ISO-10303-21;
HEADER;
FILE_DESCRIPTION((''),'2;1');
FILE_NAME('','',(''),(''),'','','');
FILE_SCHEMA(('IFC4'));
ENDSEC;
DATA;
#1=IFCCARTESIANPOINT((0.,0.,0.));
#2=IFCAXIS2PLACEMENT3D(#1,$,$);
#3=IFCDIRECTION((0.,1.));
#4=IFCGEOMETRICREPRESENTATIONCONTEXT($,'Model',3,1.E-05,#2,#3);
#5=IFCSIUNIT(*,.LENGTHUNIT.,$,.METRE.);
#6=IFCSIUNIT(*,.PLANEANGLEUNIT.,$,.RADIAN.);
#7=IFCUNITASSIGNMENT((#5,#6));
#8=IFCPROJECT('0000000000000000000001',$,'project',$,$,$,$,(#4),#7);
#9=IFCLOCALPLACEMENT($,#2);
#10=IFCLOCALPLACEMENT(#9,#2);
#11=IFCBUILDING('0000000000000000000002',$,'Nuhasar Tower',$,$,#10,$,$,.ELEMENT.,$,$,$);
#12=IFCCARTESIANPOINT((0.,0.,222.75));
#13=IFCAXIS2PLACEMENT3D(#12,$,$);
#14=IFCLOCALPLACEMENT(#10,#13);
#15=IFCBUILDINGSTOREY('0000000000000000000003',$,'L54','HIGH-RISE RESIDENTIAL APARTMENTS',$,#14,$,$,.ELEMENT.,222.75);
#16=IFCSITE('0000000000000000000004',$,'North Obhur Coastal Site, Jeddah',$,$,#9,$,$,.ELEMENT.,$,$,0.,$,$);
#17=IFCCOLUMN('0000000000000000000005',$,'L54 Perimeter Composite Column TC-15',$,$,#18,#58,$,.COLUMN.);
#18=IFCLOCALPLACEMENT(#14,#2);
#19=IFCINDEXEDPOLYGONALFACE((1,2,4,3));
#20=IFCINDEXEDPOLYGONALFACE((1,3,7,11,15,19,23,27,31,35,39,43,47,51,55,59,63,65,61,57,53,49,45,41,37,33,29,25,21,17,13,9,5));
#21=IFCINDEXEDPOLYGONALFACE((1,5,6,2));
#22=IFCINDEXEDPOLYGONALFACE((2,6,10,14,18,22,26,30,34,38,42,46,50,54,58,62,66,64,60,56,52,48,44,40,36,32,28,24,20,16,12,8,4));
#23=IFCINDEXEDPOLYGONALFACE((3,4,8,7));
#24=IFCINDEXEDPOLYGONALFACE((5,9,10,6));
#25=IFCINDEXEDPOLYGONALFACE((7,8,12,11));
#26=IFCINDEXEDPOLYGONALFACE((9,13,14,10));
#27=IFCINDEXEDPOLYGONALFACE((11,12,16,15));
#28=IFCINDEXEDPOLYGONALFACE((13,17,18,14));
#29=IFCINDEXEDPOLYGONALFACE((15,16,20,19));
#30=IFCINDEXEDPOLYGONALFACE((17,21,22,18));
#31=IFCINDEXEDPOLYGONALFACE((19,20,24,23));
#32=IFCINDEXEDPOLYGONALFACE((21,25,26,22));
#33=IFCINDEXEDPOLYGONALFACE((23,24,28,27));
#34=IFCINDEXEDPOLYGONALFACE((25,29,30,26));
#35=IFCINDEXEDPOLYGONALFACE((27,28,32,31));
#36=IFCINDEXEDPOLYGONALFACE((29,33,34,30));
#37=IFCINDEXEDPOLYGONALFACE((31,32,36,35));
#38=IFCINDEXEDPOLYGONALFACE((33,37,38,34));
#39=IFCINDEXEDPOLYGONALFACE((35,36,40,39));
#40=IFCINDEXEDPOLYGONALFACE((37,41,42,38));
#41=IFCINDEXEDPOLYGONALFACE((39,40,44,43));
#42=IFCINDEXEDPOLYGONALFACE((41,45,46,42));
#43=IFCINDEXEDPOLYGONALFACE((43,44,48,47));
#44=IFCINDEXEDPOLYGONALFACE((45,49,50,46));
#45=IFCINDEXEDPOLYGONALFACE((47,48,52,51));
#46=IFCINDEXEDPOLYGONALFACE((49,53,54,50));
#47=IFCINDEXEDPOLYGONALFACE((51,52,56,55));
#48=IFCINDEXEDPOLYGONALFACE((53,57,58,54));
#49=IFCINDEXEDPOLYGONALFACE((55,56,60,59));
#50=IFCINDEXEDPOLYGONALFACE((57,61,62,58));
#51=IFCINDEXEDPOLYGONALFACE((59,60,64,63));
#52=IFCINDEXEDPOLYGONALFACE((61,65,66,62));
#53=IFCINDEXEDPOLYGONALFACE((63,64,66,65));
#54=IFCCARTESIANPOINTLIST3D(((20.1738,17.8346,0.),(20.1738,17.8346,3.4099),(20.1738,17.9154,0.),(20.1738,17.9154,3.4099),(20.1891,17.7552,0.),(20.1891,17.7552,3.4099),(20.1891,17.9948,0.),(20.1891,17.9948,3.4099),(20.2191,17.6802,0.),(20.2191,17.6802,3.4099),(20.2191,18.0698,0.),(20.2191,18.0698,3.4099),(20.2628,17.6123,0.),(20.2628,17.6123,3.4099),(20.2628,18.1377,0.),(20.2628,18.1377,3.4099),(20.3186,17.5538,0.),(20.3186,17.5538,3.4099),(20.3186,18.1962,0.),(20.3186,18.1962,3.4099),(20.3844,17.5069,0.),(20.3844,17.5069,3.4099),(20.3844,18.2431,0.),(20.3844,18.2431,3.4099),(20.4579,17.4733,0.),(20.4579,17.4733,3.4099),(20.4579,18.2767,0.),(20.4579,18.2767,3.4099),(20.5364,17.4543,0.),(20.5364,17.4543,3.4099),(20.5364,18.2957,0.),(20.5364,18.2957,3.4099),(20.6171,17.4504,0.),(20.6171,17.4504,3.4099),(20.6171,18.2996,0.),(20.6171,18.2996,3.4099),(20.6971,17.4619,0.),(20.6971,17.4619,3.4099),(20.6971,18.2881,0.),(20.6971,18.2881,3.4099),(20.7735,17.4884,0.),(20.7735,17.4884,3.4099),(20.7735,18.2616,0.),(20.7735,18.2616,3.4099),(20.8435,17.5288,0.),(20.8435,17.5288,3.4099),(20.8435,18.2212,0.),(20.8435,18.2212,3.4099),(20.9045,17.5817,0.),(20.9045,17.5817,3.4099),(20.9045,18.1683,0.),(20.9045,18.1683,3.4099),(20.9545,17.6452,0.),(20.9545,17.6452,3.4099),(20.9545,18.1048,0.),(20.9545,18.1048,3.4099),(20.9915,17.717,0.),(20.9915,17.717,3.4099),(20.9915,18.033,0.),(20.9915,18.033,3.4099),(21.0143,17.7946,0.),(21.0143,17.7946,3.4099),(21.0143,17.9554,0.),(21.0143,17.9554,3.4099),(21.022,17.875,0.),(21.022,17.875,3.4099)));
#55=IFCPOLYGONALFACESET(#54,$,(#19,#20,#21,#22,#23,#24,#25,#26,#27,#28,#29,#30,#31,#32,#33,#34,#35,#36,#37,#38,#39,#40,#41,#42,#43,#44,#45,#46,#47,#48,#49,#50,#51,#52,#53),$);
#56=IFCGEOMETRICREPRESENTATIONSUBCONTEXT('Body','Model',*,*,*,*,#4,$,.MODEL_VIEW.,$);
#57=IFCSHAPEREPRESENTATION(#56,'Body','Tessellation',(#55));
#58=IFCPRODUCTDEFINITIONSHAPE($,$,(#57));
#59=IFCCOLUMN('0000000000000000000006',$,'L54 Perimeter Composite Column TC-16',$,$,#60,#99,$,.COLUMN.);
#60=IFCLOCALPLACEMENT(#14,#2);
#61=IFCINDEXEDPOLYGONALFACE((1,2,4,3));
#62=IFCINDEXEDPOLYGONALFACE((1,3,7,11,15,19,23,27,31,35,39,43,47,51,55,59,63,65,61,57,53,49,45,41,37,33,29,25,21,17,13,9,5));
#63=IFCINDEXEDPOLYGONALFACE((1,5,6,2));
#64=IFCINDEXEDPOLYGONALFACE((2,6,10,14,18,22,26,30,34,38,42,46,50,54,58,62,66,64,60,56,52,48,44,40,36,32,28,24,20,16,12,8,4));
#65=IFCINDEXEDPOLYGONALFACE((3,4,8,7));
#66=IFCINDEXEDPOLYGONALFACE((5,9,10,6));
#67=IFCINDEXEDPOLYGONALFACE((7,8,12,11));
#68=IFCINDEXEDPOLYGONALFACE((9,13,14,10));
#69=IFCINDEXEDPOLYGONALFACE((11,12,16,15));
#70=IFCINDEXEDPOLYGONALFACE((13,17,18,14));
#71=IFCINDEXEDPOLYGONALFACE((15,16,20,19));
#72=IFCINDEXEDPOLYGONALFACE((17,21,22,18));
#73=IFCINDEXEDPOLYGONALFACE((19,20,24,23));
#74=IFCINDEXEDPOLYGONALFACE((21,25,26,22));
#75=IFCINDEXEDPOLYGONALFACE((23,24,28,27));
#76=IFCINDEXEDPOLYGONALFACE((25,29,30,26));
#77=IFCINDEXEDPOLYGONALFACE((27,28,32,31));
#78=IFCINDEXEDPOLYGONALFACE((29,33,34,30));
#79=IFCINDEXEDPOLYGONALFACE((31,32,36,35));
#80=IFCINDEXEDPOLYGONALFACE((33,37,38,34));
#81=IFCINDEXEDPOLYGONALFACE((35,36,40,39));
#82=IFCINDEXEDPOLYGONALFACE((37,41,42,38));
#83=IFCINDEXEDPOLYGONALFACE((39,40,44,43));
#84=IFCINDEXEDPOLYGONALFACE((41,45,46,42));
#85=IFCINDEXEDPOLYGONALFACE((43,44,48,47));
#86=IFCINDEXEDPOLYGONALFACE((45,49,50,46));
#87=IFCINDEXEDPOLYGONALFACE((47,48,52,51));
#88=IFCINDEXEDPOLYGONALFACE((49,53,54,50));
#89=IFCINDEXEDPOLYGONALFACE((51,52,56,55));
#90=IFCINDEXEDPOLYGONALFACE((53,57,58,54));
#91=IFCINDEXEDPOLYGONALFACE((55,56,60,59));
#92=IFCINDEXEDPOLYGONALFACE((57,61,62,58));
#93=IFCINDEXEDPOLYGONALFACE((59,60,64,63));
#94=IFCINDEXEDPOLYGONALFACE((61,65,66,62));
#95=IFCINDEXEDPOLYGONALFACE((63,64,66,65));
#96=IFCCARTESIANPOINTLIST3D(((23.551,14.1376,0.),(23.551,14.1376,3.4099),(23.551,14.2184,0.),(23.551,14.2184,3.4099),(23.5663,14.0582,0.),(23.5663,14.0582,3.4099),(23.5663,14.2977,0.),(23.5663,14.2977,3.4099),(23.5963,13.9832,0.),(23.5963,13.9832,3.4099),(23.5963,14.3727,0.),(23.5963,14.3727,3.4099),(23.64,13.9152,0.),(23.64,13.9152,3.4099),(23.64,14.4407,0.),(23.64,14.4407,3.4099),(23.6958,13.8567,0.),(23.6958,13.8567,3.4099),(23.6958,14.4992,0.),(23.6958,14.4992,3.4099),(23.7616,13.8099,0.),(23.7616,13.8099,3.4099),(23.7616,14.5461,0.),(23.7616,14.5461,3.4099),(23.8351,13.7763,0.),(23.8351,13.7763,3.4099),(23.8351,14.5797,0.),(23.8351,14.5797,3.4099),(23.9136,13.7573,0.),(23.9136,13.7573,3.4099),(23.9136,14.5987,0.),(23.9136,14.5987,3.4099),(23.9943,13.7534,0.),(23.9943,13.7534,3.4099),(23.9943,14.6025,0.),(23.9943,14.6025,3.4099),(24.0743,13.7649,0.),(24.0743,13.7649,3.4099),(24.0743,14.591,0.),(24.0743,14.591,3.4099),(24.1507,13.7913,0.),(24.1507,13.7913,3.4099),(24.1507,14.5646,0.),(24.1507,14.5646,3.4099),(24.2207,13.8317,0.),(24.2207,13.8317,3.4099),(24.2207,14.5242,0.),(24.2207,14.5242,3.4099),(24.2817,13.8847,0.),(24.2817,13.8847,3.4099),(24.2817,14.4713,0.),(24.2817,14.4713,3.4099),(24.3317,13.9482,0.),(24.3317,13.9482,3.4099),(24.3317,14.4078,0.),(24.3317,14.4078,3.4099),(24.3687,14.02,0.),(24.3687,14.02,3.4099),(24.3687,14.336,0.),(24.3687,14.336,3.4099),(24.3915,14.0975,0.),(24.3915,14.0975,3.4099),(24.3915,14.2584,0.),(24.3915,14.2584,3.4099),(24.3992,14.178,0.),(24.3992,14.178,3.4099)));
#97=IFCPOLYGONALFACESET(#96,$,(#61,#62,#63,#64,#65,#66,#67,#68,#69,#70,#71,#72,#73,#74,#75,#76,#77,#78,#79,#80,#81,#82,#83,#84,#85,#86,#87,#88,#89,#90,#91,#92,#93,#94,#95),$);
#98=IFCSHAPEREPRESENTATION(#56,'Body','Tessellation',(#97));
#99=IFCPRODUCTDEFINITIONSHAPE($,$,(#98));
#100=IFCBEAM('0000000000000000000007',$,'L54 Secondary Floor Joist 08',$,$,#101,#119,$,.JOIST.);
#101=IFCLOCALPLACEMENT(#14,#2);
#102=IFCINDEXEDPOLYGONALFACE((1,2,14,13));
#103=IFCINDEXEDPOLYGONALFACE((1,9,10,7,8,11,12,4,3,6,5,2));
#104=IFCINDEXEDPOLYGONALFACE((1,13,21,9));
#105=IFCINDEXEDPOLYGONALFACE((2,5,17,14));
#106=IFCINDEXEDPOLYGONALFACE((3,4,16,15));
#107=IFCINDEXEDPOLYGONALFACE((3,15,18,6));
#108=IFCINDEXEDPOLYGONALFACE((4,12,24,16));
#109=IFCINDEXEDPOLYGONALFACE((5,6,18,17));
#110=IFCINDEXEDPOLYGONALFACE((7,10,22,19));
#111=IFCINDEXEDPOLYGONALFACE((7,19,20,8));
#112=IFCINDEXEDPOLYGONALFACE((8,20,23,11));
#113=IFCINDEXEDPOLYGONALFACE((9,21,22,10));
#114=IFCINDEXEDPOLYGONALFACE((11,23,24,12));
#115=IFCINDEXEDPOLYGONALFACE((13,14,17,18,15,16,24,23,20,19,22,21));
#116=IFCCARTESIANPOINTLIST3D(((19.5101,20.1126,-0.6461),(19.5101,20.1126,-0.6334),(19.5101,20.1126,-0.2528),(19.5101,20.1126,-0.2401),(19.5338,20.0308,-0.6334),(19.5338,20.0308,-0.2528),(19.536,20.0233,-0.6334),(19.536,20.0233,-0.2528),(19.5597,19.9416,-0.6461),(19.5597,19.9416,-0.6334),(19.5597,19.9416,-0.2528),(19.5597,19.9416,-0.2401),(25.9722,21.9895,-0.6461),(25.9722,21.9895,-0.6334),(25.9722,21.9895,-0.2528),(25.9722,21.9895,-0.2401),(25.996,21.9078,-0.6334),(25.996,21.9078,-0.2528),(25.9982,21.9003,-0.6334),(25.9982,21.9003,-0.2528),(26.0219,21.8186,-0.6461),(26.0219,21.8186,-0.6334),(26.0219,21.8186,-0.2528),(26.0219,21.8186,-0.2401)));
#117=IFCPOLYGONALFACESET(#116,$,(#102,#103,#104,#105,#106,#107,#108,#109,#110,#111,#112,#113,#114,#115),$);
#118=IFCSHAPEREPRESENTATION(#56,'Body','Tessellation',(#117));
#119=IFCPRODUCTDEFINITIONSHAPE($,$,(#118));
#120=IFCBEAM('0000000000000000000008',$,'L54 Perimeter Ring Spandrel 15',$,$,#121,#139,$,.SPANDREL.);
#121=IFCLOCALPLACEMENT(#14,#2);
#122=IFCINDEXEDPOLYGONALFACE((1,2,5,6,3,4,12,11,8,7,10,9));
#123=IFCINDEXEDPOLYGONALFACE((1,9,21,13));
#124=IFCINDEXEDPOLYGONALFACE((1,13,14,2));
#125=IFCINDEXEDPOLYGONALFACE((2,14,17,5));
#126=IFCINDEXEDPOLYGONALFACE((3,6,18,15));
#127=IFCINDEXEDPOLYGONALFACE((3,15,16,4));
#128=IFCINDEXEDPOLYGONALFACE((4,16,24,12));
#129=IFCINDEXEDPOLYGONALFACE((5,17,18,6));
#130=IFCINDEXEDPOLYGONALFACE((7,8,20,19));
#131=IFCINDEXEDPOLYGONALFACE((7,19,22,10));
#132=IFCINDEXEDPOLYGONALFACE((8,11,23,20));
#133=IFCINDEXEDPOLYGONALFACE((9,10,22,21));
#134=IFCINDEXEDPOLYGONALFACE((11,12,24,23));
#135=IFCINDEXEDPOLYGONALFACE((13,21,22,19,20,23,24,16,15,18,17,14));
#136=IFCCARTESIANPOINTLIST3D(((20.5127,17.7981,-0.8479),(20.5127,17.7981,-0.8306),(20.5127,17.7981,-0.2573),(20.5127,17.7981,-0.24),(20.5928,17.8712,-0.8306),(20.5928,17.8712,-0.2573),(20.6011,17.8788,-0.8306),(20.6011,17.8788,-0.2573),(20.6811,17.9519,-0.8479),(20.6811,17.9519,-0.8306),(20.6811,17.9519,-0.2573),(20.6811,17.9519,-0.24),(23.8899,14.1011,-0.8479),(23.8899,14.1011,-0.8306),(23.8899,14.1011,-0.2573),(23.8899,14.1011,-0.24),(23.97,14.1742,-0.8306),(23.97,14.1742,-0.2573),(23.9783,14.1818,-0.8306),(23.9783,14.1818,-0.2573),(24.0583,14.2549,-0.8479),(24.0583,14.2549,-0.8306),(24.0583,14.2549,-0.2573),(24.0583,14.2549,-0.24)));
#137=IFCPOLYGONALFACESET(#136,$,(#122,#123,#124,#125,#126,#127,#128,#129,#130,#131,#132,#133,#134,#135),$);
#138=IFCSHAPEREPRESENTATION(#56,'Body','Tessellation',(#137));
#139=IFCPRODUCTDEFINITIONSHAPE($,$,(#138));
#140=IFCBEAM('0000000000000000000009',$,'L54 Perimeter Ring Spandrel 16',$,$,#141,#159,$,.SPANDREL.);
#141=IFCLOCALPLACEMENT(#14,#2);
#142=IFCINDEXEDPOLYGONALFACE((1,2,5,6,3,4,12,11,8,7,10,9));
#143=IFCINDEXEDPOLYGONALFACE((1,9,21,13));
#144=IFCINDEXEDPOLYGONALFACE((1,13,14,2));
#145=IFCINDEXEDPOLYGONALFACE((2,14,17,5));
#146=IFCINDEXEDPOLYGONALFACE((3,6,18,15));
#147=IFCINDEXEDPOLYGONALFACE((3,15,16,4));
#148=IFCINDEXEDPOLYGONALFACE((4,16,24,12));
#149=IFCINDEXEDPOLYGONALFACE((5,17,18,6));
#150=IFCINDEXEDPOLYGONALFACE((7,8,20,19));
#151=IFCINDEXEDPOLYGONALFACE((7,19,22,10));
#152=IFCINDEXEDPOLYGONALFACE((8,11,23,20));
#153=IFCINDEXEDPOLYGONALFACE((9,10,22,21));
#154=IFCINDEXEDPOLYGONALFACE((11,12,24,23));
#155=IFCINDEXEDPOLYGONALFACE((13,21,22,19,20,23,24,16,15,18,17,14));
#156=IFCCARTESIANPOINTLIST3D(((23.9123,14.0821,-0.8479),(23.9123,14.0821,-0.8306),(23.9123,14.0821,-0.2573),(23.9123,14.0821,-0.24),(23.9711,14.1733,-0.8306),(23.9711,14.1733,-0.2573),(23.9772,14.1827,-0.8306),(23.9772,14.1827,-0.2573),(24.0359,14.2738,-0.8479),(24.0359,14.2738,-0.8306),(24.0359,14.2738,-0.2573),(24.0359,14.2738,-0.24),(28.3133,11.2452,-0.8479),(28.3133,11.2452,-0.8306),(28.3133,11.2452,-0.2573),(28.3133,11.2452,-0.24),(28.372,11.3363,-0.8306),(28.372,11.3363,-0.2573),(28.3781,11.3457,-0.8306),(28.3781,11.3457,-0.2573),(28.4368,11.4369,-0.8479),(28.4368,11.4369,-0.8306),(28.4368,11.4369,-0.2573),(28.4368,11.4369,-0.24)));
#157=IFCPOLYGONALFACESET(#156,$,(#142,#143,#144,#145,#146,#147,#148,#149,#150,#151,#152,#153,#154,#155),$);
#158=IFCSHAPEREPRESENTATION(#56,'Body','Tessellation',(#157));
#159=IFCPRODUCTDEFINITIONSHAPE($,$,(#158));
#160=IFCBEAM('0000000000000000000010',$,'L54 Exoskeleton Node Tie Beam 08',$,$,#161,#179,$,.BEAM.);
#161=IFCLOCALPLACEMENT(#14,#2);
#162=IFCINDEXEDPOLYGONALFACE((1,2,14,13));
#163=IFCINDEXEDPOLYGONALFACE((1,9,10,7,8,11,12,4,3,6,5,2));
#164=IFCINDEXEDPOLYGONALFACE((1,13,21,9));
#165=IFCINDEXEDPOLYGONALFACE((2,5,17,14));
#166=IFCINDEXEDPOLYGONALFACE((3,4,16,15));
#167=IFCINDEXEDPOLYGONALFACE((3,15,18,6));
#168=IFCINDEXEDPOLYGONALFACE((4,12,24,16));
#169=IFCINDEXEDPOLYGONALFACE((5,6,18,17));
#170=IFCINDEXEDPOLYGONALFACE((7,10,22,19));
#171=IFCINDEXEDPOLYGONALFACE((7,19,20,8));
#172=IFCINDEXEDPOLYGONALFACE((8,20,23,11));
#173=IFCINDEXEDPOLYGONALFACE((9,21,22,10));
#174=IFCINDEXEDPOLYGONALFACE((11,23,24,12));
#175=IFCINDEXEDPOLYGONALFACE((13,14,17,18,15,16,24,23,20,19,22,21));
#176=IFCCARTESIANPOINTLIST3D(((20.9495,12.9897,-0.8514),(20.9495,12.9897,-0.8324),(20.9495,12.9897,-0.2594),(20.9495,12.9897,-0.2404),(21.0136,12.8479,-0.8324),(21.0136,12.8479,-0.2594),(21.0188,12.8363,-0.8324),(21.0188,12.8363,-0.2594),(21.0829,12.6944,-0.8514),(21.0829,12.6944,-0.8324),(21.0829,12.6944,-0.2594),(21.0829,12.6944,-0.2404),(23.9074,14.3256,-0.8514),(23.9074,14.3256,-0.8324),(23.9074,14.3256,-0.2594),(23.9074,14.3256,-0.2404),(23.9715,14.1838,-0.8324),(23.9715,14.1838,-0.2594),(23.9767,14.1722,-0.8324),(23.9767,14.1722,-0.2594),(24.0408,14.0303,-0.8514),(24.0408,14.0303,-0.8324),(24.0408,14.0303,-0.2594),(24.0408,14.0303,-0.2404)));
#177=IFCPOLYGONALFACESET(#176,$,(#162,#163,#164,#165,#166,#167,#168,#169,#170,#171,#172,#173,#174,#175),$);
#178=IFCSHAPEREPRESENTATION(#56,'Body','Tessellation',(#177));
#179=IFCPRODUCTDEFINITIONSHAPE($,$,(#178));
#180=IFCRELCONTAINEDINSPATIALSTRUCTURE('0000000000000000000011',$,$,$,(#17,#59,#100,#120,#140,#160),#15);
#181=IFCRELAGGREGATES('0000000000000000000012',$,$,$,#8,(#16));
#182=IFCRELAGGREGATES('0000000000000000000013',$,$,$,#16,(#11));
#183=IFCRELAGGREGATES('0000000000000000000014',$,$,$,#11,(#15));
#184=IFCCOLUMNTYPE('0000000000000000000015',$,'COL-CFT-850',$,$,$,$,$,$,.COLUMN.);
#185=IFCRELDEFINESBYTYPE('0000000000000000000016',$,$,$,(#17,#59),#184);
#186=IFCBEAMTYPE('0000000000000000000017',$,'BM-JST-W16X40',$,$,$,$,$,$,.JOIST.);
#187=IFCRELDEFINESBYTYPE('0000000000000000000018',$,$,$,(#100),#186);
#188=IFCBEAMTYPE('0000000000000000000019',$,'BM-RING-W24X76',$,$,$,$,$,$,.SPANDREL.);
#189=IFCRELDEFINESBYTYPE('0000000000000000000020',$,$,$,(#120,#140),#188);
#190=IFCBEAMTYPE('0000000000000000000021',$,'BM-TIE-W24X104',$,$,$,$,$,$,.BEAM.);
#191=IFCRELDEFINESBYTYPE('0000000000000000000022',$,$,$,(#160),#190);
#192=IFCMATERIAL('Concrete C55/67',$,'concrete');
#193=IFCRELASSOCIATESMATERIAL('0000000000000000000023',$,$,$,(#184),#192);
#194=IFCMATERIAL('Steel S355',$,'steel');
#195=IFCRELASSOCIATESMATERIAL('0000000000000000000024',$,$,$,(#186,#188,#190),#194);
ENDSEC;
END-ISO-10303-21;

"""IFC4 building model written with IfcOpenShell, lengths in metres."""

from ifc_helpers import new_model, si_unit, direction, frame, origin, origin_2d, place, context, subcontext, project, spatial, circle, i_section, extrude, material, material_profile, profile_set, type_object, element, save


model = new_model("IFC4")

# Units and contexts
model_context = context("Model", 3, precision=1e-05, world=origin(), true_north=direction((0.0, 1.0)))
body_context = subcontext(model_context, "Body", "Model", "MODEL_VIEW")
ifc_project = project(units=[si_unit("LENGTHUNIT", "METRE"), si_unit("PLANEANGLEUNIT", "RADIAN")], contexts=[model_context])

# Site, building, storey
site_placement = place(None, origin())
site = spatial("IfcSite", under=ifc_project, at=site_placement, Name="North Obhur Coastal Site, Jeddah", CompositionType="ELEMENT", RefElevation=0.0)
building_placement = place(site_placement, origin())
building = spatial("IfcBuilding", under=site, at=building_placement, Name="Nuhasar Tower", CompositionType="ELEMENT")
storey_placement = place(building_placement, frame((0.0, 0.0, 222.75)))
storey = spatial("IfcBuildingStorey", under=building, at=storey_placement, Name="L54", Description="HIGH-RISE RESIDENTIAL APARTMENTS", CompositionType="ELEMENT", Elevation=222.75)

# Columns
ifc_material_1 = material(Name="Concrete C55/67", Category="concrete")
ifc_material_profile_1 = material_profile(ifc_material_1, circle(Radius=0.425, at=origin_2d()), Name="CFT850")
ifc_profile_set_1 = profile_set([ifc_material_profile_1], Name="Concrete C55/67")
column_type = type_object("IfcColumnType", Name="COL-CFT-850", PredefinedType="COLUMN", material=ifc_profile_set_1)
for number, where, z_axis, x_axis, name in (
    (1, (20.5969, 17.875, 0.0), (0.0, 0.0, 1.0), (1.0, 0.0, 0.0), "L54 Perimeter Composite Column TC-15"),
    (2, (23.9741, 14.178, 0.0), (0.0, 0.0, 1.0), (1.0, 0.0, 0.0), "L54 Perimeter Composite Column TC-16"),
):
    element("IfcColumn", number, at=place(storey_placement, frame(where, z_axis=z_axis, x_axis=x_axis)), inside=storey, type_object=column_type, Name=name, PredefinedType="COLUMN", context=body_context, shape_type="SweptSolid", body=[
        extrude(circle(Radius=0.425, at=origin_2d()), origin(), (0.0, 0.0, 1.0), 3.4099),
    ])

# Beams
ifc_material_2 = material(Name="Steel S355", Category="steel")
ifc_material_profile_2 = material_profile(ifc_material_2, i_section(OverallWidth=0.178, OverallDepth=0.406, WebThickness=0.0078, FlangeThickness=0.0127, at=origin_2d()), Name="W16X40")
ifc_profile_set_2 = profile_set([ifc_material_profile_2], Name="Steel S355")
beam_type_1 = type_object("IfcBeamType", Name="BM-JST-W16X40", PredefinedType="JOIST", material=ifc_profile_set_2)
beam_1_placement = place(storey_placement, frame((25.9971, 21.9041, -0.4431), z_axis=(-0.960313, -0.278926, 0.0), x_axis=(0.278926, -0.960313, 0.0)))
element("IfcBeam", 3, at=beam_1_placement, inside=storey, type_object=beam_type_1, Name="L54 Secondary Floor Joist 08", PredefinedType="JOIST", context=body_context, shape_type="SweptSolid", body=[
    extrude(i_section(OverallWidth=0.178, OverallDepth=0.406, WebThickness=0.0078, FlangeThickness=0.0127, at=origin_2d()), origin(), (0.0, 0.0, 1.0), 6.7292),
])
ifc_material_profile_3 = material_profile(ifc_material_2, i_section(OverallWidth=0.228, OverallDepth=0.6079, WebThickness=0.0112, FlangeThickness=0.0173, at=origin_2d()), Name="W24X76")
ifc_profile_set_3 = profile_set([ifc_material_profile_3], Name="Steel S355")
beam_type_2 = type_object("IfcBeamType", Name="BM-RING-W24X76", PredefinedType="SPANDREL", material=ifc_profile_set_3)
beam_2_placement = place(storey_placement, frame((20.5969, 17.875, -0.5439), z_axis=(0.67445, -0.738321, 0.0), x_axis=(0.738321, 0.67445, 0.0)))
element("IfcBeam", 4, at=beam_2_placement, inside=storey, type_object=beam_type_2, Name="L54 Perimeter Ring Spandrel 15", PredefinedType="SPANDREL", context=body_context, shape_type="SweptSolid", body=[
    extrude(i_section(OverallWidth=0.228, OverallDepth=0.6079, WebThickness=0.0112, FlangeThickness=0.0173, at=origin_2d()), origin(), (0.0, 0.0, 1.0), 5.0073),
])
beam_3_placement = place(storey_placement, frame((23.9741, 14.178, -0.5439), z_axis=(0.840502, -0.541808, 0.0), x_axis=(0.541808, 0.840502, 0.0)))
element("IfcBeam", 5, at=beam_3_placement, inside=storey, type_object=beam_type_2, Name="L54 Perimeter Ring Spandrel 16", PredefinedType="SPANDREL", context=body_context, shape_type="SweptSolid", body=[
    extrude(i_section(OverallWidth=0.228, OverallDepth=0.6079, WebThickness=0.0112, FlangeThickness=0.0173, at=origin_2d()), origin(), (0.0, 0.0, 1.0), 5.2361),
])
ifc_material_profile_4 = material_profile(ifc_material_2, i_section(OverallWidth=0.324, OverallDepth=0.6111, WebThickness=0.0127, FlangeThickness=0.019, at=origin_2d()), Name="W24X104")
ifc_profile_set_4 = profile_set([ifc_material_profile_4], Name="Steel S355")
beam_type_3 = type_object("IfcBeamType", Name="BM-TIE-W24X104", PredefinedType="BEAM", material=ifc_profile_set_4)
beam_4_placement = place(storey_placement, frame((23.9741, 14.178, -0.5459), z_axis=(-0.911363, -0.411603, 0.0), x_axis=(0.411603, -0.911363, 0.0)))
element("IfcBeam", 6, at=beam_4_placement, inside=storey, type_object=beam_type_3, Name="L54 Exoskeleton Node Tie Beam 08", PredefinedType="BEAM", context=body_context, shape_type="SweptSolid", body=[
    extrude(i_section(OverallWidth=0.324, OverallDepth=0.6111, WebThickness=0.0127, FlangeThickness=0.019, at=origin_2d()), origin(), (0.0, 0.0, 1.0), 3.2456),
])

save(model, "model.ifc")
